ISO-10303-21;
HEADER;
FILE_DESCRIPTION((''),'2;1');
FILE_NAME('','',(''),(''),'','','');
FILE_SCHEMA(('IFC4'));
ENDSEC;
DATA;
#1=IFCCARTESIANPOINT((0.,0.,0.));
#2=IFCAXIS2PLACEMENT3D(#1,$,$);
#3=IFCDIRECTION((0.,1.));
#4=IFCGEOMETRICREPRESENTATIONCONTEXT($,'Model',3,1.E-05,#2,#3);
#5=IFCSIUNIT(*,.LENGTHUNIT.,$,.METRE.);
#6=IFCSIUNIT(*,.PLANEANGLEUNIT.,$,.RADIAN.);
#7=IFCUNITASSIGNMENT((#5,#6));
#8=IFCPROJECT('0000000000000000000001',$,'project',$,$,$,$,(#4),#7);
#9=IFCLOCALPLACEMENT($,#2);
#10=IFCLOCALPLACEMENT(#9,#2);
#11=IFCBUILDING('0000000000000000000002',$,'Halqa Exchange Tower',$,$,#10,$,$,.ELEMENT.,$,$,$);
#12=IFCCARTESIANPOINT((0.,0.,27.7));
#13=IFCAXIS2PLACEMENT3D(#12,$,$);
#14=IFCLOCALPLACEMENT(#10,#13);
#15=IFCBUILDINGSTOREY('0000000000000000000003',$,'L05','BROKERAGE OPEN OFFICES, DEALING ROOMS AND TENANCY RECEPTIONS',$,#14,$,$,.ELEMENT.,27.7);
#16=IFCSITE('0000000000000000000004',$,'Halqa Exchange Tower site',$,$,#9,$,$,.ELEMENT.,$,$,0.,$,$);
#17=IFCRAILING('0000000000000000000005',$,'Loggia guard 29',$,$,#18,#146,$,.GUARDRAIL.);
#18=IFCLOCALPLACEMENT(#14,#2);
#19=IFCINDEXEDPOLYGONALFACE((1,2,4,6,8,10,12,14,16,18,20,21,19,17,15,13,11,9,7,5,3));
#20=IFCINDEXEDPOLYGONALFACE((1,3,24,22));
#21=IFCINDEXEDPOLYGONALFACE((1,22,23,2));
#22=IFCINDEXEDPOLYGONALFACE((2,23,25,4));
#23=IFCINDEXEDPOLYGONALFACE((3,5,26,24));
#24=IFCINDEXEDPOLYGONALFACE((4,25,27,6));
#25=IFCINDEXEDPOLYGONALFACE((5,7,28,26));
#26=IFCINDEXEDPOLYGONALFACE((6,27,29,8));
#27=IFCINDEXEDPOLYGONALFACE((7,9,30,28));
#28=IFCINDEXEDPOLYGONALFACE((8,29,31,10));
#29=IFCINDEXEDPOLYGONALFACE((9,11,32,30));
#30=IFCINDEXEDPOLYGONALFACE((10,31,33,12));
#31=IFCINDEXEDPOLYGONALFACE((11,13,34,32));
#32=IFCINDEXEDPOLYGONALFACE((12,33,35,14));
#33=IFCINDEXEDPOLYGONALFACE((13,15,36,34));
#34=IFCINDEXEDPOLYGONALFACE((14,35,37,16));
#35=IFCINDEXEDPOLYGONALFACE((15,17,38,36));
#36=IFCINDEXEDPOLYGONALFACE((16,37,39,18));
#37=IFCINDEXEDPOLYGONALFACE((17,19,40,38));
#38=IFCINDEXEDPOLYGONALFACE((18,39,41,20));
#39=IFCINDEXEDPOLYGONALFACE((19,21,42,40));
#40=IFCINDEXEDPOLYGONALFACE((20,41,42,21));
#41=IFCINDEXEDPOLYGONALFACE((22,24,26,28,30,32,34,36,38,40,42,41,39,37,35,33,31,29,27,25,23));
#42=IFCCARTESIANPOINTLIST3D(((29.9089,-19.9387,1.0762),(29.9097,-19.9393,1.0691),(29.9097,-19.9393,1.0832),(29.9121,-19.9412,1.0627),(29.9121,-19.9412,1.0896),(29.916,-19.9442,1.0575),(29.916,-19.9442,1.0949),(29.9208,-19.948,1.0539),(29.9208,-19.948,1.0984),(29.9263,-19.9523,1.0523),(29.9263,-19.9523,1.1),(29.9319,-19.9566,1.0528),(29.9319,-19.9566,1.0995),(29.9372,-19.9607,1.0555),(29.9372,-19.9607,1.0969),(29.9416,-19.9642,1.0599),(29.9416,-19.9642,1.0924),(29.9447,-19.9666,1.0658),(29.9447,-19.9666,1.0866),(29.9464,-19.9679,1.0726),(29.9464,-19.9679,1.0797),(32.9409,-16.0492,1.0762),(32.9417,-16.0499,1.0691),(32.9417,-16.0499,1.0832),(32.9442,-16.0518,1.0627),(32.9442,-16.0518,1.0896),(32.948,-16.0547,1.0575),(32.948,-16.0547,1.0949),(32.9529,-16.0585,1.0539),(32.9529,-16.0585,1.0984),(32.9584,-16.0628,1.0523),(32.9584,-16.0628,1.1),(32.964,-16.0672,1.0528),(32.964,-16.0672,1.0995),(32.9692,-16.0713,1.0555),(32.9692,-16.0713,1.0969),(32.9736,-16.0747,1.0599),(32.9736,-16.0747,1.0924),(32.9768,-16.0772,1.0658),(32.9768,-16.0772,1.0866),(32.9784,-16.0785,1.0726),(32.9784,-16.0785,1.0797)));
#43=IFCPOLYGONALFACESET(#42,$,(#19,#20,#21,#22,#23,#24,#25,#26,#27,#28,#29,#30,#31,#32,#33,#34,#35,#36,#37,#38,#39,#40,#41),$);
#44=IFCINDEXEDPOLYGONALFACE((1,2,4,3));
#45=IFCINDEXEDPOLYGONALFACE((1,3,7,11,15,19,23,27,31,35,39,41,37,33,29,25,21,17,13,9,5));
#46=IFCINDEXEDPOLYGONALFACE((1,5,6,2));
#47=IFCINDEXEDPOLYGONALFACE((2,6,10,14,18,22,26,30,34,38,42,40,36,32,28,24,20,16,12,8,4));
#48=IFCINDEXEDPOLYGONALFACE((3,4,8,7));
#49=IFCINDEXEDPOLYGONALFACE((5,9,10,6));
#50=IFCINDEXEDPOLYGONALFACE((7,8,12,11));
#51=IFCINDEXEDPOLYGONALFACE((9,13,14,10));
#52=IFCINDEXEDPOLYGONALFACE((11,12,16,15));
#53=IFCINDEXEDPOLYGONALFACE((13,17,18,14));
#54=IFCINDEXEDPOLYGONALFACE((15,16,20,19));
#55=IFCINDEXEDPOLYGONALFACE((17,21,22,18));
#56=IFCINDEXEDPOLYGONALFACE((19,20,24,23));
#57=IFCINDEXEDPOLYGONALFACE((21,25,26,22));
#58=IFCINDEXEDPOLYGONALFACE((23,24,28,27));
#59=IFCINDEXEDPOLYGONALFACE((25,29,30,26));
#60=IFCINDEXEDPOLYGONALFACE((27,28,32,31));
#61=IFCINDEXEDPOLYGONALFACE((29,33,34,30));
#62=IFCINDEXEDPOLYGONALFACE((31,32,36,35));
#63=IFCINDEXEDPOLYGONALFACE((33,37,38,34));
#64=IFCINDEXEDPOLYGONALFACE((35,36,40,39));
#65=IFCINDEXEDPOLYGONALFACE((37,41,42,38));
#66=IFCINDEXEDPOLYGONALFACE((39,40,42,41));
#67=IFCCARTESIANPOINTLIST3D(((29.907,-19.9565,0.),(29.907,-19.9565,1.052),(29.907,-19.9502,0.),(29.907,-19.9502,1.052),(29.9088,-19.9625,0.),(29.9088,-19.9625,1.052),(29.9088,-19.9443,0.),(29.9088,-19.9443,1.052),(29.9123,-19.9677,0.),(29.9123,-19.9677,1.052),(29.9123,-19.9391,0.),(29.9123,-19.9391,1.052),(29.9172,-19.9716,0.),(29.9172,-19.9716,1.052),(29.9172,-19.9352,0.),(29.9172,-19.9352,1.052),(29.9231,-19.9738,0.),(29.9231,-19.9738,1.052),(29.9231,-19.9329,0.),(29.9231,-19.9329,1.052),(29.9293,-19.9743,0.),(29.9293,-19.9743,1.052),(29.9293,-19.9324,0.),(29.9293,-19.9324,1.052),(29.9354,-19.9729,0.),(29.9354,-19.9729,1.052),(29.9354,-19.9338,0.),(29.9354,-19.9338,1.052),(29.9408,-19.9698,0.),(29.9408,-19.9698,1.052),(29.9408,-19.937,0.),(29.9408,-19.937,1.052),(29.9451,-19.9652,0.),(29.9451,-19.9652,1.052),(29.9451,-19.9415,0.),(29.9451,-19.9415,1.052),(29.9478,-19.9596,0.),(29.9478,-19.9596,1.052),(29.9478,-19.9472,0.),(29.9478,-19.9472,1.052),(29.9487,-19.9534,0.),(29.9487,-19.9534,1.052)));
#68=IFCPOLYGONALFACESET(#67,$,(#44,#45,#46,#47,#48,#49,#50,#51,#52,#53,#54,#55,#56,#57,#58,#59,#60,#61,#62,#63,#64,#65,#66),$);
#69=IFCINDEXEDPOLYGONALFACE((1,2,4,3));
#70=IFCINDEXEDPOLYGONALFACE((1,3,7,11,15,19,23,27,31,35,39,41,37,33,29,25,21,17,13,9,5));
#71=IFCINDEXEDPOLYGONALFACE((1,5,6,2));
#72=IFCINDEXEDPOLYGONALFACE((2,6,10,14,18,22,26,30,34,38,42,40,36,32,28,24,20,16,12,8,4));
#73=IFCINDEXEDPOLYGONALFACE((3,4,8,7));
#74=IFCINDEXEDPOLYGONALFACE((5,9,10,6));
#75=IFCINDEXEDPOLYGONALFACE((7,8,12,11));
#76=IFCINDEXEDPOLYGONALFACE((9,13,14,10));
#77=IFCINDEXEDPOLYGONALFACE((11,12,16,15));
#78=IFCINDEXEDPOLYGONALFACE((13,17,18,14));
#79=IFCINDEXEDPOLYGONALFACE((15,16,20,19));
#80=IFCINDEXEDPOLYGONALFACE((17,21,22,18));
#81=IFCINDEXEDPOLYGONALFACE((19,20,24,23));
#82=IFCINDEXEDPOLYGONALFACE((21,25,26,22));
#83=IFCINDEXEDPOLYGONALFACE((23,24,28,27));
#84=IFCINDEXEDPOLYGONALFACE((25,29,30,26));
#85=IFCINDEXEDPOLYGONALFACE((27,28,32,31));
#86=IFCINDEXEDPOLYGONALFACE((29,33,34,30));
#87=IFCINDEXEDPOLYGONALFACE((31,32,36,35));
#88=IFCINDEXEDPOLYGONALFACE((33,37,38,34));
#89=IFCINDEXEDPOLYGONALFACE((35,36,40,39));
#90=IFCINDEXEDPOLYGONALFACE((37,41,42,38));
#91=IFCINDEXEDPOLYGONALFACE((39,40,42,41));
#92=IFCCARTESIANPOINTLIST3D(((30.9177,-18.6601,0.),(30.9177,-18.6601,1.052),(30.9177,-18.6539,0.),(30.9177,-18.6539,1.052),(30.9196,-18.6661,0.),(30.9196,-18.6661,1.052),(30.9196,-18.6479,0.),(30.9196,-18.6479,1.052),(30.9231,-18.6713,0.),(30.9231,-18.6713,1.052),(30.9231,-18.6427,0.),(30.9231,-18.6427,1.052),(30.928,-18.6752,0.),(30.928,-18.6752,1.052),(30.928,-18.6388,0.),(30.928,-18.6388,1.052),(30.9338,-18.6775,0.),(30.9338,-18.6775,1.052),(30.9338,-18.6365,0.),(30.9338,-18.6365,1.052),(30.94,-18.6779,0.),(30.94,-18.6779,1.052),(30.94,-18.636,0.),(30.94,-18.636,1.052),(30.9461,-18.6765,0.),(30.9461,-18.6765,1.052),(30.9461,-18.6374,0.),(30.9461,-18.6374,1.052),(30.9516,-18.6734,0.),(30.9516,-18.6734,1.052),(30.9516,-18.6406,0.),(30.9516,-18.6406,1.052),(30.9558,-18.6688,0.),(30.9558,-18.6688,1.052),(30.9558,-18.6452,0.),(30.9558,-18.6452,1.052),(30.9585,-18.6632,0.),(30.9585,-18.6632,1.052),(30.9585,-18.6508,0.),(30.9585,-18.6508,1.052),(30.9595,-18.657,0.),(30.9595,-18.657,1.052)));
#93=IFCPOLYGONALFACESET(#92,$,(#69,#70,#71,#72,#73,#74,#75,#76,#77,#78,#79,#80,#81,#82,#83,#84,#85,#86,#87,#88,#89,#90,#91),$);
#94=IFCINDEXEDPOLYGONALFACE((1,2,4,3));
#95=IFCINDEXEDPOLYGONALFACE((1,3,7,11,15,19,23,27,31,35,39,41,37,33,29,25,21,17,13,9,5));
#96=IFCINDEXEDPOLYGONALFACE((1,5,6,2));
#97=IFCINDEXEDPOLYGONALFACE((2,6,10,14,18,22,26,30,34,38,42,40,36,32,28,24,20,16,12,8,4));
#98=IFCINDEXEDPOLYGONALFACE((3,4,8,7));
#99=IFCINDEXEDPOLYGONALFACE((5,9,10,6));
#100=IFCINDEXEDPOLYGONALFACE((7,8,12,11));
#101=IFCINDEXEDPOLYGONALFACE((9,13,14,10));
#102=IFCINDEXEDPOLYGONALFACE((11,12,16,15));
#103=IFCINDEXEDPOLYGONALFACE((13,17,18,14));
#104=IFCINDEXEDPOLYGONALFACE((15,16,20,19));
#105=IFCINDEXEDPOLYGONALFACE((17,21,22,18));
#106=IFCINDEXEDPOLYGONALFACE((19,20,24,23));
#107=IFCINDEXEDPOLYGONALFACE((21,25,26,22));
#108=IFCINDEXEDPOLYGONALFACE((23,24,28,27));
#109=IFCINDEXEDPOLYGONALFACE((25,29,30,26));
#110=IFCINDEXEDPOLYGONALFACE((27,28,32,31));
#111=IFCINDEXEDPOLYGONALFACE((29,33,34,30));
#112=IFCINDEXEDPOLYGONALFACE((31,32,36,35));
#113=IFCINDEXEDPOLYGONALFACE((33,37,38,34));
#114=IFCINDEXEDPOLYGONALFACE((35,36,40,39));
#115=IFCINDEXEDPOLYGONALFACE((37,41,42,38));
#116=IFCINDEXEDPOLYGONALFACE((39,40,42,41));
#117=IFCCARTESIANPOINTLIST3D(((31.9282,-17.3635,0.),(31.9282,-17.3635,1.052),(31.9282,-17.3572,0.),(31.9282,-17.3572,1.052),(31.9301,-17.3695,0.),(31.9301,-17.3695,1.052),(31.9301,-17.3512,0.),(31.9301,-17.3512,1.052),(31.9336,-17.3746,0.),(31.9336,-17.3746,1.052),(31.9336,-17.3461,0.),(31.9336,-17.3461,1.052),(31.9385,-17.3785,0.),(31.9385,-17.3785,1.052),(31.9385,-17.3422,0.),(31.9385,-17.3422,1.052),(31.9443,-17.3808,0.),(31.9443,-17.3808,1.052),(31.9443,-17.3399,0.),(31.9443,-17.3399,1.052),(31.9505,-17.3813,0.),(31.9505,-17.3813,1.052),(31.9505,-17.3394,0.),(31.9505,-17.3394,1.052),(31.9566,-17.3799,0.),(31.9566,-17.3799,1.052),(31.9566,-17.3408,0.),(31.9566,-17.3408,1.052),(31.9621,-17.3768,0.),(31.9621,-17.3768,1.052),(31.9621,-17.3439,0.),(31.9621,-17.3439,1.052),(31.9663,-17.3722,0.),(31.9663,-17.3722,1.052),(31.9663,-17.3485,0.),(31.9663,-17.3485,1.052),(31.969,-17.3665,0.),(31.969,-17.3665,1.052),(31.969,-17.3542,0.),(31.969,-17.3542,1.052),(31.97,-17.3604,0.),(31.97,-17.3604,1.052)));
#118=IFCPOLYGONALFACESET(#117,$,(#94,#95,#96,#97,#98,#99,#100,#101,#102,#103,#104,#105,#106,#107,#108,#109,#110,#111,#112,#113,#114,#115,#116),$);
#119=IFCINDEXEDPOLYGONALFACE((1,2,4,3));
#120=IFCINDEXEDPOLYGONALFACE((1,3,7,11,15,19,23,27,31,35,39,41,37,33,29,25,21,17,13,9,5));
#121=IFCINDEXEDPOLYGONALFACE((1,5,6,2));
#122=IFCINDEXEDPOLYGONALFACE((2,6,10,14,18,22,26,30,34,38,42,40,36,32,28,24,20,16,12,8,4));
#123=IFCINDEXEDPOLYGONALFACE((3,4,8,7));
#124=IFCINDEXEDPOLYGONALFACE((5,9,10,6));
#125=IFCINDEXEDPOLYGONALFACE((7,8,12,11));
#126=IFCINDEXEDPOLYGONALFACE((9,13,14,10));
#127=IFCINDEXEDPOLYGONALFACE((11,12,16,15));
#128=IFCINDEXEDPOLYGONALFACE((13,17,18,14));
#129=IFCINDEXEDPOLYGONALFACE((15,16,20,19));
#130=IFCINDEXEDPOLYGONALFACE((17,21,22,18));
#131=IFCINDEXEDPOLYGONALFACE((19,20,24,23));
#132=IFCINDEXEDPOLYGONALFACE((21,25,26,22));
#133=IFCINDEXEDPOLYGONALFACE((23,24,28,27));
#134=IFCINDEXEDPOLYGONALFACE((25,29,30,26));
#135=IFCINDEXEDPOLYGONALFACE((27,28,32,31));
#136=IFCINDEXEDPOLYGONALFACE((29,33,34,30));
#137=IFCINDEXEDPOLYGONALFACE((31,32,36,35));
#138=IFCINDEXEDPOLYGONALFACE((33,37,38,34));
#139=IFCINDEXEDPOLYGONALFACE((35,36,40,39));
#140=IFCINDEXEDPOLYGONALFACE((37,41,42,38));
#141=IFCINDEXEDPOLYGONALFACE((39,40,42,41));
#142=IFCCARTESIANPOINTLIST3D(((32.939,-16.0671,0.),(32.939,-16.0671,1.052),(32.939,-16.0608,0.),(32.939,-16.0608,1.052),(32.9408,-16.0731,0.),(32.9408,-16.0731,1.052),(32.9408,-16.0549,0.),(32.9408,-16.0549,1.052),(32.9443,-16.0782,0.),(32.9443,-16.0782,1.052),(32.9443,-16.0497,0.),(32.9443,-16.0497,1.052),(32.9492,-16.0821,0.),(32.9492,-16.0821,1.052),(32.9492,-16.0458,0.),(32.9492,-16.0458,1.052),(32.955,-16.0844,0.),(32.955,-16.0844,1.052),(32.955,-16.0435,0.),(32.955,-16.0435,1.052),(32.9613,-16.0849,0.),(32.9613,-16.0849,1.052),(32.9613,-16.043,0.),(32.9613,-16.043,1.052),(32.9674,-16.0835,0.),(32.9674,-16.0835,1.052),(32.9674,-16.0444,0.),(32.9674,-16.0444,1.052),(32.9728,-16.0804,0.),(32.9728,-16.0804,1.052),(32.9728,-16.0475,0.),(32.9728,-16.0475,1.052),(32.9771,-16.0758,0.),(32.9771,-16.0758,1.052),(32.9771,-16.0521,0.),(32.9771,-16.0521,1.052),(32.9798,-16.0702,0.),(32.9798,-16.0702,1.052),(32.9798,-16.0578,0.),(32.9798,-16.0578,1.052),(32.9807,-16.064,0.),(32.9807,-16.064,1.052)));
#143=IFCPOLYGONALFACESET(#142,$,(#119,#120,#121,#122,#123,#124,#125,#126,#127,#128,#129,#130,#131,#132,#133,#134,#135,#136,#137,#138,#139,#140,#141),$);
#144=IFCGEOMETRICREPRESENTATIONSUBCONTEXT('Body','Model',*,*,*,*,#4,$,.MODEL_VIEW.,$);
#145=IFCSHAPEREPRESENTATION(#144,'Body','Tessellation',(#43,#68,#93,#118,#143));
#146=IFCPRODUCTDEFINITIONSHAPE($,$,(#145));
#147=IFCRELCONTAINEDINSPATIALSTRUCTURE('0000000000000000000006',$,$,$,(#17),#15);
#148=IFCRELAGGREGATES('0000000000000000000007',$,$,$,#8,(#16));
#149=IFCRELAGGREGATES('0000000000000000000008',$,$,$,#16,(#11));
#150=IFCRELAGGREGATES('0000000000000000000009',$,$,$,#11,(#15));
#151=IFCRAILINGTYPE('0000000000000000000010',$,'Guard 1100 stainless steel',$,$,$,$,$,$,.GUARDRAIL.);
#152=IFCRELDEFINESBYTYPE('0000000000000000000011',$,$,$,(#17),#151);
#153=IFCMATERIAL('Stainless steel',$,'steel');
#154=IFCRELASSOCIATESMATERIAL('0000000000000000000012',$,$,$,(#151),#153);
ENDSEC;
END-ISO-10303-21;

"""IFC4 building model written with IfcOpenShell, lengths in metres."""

from ifc_helpers import new_model, si_unit, direction, frame, origin, origin_2d, place, context, subcontext, project, spatial, circle, extrude, material, type_object, element, save


model = new_model("IFC4")

# Units and contexts
model_context = context("Model", 3, precision=1e-05, world=origin(), true_north=direction((0.0, 1.0)))
body_context = subcontext(model_context, "Body", "Model", "MODEL_VIEW")
ifc_project = project(units=[si_unit("LENGTHUNIT", "METRE"), si_unit("PLANEANGLEUNIT", "RADIAN")], contexts=[model_context])

# Site, building, storey
site_placement = place(None, origin())
site = spatial("IfcSite", under=ifc_project, at=site_placement, Name="Halqa Exchange Tower site", CompositionType="ELEMENT", RefElevation=0.0)
building_placement = place(site_placement, origin())
building = spatial("IfcBuilding", under=site, at=building_placement, Name="Halqa Exchange Tower", CompositionType="ELEMENT")
storey_placement = place(building_placement, frame((0.0, 0.0, 27.7)))
storey = spatial("IfcBuildingStorey", under=building, at=storey_placement, Name="L05", Description="BROKERAGE OPEN OFFICES, DEALING ROOMS AND TENANCY RECEPTIONS", CompositionType="ELEMENT", Elevation=27.7)

# Railing
ifc_material_1 = material(Name="Stainless steel", Category="steel")
railing_type = type_object("IfcRailingType", Name="Guard 1100 stainless steel", PredefinedType="GUARDRAIL", material=ifc_material_1)
railing_1_placement = place(storey_placement, frame((29.9277, -19.9534, 0.0)))
element("IfcRailing", 1, at=railing_1_placement, inside=storey, type_object=railing_type, Name="Loggia guard 29", PredefinedType="GUARDRAIL", context=body_context, shape_type="SweptSolid", body=[
    extrude(circle(Radius=0.0239, at=origin_2d()), frame((0.0, 0.0, 1.0762), z_axis=(0.614811, 0.788675, 0.0), x_axis=(-0.788675, 0.614811, 0.0)), (0.0, 0.0, 1.0), 4.9316),
    extrude(circle(Radius=0.021, at=origin_2d()), origin(), (0.0, 0.0, 1.0), 1.052),
    extrude(circle(Radius=0.021, at=origin_2d()), frame((1.0107, 1.2964, 0.0)), (0.0, 0.0, 1.0), 1.052),
    extrude(circle(Radius=0.021, at=origin_2d()), frame((2.0212, 2.593, 0.0)), (0.0, 0.0, 1.0), 1.052),
    extrude(circle(Radius=0.021, at=origin_2d()), frame((3.032, 3.8894, 0.0)), (0.0, 0.0, 1.0), 1.052),
])

save(model, "model.ifc")
